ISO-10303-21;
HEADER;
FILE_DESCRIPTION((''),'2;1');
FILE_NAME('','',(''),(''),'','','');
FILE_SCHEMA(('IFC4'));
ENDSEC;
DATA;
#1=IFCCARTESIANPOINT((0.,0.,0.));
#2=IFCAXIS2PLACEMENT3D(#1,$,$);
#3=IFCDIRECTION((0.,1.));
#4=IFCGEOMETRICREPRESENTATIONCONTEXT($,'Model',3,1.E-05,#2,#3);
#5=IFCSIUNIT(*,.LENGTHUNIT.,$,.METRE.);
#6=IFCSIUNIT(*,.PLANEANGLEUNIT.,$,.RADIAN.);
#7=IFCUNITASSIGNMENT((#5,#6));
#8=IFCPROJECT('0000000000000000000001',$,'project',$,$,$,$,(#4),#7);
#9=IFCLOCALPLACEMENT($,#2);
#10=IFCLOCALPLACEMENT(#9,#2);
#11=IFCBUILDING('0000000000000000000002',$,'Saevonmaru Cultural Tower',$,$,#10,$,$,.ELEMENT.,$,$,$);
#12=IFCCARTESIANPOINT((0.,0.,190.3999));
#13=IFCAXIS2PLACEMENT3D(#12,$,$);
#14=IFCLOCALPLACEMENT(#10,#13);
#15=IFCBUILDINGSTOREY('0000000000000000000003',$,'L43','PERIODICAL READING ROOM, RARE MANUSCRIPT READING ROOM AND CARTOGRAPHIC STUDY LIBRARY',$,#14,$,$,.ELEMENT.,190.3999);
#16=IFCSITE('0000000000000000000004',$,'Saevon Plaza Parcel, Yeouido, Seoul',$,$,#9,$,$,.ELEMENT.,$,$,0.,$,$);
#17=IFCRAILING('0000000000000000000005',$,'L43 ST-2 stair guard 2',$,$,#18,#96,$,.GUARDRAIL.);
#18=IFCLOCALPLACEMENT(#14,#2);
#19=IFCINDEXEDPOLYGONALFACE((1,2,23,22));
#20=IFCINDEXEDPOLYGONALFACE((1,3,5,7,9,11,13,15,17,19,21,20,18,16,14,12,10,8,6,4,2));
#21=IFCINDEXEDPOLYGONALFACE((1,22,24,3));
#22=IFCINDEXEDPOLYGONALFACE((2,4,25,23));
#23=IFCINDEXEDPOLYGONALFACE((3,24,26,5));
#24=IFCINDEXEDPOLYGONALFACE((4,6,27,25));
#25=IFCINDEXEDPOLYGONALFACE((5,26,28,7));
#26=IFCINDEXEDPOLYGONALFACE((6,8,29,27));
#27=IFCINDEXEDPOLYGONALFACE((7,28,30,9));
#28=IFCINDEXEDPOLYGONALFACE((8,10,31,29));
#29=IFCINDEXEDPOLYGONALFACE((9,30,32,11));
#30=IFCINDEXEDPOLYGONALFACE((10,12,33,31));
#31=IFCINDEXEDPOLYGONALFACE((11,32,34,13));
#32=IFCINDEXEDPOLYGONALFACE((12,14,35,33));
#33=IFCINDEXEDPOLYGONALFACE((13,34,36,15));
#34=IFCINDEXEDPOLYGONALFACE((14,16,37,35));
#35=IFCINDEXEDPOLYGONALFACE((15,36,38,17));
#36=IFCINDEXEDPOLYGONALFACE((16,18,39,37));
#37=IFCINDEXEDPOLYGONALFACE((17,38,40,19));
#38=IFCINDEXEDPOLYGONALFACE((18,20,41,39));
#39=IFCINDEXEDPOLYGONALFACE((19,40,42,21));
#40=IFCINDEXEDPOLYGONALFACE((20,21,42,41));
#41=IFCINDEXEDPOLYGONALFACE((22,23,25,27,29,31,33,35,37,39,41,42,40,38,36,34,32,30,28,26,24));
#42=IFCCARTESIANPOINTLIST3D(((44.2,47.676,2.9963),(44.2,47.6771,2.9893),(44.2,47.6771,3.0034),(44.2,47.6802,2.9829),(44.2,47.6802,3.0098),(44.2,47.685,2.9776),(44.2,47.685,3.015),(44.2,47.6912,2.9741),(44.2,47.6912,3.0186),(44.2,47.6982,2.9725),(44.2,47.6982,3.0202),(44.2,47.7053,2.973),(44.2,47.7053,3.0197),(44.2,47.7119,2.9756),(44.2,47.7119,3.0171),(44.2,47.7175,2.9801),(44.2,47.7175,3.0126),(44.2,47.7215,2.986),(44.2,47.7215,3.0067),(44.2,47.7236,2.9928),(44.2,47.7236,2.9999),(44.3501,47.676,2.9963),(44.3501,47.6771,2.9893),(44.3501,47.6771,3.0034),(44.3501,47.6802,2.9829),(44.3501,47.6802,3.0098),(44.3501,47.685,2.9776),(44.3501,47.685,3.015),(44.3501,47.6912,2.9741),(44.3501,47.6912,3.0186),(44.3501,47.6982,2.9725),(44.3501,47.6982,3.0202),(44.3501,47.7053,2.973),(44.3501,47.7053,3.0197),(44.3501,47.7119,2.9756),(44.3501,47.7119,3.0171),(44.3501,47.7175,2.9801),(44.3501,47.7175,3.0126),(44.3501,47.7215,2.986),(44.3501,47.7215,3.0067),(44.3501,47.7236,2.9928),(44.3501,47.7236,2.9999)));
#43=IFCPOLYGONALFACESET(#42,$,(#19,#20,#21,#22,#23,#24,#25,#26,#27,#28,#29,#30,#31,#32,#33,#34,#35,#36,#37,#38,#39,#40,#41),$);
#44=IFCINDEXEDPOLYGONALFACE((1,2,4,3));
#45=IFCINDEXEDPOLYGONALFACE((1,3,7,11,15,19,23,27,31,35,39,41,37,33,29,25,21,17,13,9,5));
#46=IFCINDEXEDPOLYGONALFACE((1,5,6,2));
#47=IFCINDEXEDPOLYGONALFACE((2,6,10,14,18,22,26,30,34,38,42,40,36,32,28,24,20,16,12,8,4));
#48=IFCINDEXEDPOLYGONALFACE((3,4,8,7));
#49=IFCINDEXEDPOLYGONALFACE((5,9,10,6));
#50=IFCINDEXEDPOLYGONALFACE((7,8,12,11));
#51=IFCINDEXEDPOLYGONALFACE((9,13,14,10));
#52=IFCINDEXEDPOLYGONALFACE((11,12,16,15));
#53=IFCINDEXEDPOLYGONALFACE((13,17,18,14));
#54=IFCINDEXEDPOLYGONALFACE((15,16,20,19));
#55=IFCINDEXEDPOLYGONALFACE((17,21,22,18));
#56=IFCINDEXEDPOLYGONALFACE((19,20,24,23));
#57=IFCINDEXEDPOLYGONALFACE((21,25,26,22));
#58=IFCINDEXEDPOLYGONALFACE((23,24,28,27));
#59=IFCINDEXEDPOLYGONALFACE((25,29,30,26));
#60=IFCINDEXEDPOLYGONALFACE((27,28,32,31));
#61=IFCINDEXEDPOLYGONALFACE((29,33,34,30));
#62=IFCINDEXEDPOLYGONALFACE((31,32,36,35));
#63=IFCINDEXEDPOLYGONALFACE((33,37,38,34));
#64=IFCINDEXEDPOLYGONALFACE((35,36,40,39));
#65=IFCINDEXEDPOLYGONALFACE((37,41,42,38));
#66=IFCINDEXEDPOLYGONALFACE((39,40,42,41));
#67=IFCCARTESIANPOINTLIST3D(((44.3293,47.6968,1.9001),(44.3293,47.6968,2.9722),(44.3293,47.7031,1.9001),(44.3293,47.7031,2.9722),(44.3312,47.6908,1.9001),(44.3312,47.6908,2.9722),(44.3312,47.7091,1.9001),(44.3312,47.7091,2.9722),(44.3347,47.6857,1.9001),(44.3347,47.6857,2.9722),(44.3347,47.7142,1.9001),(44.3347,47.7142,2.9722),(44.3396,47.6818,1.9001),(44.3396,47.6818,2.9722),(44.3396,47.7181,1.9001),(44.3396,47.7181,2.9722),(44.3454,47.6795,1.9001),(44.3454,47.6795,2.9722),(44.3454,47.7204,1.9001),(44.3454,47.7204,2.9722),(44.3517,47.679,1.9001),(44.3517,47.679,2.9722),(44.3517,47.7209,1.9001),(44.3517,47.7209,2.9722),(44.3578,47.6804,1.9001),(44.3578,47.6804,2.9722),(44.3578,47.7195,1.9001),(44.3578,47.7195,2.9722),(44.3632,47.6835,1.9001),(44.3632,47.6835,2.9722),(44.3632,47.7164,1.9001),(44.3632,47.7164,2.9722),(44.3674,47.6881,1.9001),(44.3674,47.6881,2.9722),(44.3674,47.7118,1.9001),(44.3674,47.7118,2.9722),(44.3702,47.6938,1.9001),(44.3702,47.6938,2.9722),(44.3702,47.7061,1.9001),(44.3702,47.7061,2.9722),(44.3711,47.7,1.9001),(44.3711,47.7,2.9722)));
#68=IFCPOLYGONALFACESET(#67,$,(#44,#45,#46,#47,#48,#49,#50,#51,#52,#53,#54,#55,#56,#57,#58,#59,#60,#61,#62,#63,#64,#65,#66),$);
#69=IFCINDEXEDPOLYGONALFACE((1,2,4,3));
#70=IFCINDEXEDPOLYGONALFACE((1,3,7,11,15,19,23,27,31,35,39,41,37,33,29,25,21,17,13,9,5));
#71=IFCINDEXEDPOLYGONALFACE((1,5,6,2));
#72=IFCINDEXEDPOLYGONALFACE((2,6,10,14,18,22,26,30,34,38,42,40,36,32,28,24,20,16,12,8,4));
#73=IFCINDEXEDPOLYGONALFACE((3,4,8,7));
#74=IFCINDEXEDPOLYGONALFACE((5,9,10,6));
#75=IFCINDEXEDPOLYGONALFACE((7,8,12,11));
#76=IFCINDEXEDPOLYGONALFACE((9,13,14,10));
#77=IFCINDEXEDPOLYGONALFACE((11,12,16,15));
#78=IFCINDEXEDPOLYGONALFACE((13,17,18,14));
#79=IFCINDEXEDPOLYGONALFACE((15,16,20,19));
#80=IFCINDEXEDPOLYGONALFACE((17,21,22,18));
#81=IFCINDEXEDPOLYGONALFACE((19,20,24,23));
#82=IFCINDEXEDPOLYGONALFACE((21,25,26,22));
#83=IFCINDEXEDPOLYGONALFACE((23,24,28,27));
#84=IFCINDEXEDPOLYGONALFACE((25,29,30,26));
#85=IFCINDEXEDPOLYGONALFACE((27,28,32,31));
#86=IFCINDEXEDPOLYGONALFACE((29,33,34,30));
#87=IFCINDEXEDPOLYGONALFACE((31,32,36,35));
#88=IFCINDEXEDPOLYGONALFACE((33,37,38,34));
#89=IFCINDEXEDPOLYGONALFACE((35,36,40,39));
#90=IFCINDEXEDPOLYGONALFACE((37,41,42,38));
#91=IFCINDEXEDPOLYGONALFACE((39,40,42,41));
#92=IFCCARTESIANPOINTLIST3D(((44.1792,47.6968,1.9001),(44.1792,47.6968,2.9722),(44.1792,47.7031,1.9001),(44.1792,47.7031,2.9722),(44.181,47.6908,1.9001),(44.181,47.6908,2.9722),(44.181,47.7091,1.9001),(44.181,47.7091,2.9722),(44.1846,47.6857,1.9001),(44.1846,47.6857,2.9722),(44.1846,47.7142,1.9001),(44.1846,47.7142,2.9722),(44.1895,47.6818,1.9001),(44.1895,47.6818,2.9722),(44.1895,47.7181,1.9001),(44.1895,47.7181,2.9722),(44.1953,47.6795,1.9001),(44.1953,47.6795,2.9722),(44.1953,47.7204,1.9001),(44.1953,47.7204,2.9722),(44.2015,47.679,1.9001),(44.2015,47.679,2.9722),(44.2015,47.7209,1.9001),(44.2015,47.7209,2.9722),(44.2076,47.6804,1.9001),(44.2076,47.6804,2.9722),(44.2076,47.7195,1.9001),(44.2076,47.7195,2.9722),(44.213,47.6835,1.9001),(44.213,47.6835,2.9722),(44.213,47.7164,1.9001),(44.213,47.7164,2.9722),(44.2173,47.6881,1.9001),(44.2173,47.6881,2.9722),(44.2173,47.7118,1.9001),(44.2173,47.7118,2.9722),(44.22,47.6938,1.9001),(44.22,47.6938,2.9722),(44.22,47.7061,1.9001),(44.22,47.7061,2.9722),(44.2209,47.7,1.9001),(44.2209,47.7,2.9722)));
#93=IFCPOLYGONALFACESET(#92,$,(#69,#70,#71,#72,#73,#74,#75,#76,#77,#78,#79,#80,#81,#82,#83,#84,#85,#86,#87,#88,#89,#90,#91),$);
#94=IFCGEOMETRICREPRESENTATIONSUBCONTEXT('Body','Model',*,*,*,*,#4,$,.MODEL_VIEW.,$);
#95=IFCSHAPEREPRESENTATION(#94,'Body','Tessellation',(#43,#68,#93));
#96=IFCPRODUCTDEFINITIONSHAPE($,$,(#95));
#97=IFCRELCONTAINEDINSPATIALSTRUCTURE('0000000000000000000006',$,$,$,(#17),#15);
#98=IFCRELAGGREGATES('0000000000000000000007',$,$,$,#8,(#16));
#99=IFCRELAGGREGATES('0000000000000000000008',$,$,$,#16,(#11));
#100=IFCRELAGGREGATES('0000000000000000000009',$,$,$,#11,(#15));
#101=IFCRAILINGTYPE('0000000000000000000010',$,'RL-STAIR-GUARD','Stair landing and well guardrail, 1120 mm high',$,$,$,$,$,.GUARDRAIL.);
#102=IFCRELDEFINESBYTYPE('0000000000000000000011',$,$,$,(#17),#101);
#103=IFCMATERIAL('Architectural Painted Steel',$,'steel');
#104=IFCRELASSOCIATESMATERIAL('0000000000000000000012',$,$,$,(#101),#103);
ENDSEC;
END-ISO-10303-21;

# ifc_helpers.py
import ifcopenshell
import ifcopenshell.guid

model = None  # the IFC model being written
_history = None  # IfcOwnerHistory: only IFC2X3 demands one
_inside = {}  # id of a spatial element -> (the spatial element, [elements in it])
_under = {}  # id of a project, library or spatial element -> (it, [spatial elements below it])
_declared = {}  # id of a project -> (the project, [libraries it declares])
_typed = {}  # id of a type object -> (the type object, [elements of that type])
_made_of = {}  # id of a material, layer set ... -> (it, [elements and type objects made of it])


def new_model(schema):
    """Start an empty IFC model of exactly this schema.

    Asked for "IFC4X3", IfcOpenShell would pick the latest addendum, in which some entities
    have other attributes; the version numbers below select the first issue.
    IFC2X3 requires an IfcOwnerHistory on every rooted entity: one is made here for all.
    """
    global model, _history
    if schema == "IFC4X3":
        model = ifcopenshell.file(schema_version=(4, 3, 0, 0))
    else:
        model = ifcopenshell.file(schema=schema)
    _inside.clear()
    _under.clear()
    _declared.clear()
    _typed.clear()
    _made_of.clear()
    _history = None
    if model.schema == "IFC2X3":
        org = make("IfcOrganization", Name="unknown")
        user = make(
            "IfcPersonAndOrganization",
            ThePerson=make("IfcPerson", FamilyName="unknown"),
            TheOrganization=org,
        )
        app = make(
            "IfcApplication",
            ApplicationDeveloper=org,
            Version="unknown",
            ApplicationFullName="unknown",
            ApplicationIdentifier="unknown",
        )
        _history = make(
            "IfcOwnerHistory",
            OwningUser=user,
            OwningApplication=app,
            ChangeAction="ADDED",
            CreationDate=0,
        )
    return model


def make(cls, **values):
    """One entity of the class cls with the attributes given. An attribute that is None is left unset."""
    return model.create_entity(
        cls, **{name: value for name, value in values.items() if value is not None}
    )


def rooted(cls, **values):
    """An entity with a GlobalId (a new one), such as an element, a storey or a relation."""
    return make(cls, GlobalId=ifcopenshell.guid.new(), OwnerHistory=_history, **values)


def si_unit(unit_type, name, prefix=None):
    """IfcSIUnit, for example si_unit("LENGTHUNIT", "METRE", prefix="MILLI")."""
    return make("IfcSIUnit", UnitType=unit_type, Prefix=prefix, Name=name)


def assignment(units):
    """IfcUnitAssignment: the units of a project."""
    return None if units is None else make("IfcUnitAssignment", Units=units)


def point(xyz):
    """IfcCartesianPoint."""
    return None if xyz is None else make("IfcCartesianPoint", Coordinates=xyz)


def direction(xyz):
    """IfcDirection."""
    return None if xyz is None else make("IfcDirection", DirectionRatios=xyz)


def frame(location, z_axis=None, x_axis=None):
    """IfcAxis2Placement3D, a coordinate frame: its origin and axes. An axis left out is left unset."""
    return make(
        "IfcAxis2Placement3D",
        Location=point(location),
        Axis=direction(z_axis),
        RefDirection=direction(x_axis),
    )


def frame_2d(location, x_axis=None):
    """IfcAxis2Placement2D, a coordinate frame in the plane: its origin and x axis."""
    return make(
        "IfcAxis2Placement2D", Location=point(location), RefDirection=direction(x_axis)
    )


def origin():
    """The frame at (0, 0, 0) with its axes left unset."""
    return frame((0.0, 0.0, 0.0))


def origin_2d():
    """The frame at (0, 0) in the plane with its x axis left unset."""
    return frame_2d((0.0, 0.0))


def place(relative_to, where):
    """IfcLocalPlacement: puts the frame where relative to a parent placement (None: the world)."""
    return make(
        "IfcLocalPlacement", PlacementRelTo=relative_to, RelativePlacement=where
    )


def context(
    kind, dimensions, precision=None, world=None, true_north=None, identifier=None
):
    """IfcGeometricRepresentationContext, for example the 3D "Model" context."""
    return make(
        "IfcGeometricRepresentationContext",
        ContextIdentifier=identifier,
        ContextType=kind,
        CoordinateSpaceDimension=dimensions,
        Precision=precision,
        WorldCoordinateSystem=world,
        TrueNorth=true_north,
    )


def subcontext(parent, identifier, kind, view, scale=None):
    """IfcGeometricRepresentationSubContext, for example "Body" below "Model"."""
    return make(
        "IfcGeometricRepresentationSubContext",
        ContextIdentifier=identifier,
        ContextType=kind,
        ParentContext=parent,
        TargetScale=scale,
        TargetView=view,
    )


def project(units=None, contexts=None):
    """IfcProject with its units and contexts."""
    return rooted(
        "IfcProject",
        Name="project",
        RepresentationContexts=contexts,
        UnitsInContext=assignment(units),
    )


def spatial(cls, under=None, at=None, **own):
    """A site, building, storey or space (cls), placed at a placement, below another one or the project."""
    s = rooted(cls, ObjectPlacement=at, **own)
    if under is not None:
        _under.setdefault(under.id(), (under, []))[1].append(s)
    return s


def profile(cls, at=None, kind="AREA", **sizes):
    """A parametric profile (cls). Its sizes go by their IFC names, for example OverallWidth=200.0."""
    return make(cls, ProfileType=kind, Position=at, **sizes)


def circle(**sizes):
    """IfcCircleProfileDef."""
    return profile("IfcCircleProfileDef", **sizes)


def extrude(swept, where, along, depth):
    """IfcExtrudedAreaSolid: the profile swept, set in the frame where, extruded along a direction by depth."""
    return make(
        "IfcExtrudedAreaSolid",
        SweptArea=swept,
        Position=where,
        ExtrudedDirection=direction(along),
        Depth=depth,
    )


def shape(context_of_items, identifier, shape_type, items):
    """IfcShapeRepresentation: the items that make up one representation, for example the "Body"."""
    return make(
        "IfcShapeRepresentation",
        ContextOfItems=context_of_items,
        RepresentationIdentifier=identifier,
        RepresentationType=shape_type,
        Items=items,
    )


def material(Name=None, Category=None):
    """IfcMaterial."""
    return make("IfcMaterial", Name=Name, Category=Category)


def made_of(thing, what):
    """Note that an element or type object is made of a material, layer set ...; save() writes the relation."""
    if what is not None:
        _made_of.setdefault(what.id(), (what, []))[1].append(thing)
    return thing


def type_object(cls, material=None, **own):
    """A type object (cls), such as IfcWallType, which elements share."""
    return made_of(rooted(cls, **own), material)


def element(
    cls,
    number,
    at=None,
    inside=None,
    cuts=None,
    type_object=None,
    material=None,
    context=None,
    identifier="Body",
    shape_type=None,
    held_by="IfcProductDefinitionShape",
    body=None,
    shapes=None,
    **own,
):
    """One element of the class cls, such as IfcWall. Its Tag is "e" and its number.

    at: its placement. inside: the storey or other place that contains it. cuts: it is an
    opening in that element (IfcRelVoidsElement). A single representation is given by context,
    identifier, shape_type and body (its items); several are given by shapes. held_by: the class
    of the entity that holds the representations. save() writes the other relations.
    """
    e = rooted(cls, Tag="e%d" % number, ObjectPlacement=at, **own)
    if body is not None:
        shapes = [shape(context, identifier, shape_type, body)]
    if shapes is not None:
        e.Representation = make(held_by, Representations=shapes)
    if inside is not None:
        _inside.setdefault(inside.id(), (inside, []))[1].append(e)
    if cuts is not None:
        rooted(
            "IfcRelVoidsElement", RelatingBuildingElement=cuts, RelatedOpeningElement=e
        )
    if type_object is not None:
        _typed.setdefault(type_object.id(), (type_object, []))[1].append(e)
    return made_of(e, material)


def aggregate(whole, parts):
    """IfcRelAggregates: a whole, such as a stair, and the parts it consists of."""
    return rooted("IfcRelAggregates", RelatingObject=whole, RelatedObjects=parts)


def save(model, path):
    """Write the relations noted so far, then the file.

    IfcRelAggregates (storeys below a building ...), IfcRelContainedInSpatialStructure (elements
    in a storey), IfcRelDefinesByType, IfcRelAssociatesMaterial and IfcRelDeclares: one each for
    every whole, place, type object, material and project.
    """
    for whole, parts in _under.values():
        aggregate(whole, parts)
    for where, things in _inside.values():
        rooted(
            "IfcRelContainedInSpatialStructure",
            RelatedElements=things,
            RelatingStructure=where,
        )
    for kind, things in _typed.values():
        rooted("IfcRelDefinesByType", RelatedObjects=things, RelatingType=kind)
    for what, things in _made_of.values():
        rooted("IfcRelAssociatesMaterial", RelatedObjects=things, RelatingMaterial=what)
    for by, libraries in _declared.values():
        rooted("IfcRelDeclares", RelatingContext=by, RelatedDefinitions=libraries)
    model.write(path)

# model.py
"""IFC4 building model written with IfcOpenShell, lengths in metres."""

from ifc_helpers import new_model, si_unit, direction, frame, origin, origin_2d, place, context, subcontext, project, spatial, circle, extrude, material, type_object, element, save


model = new_model("IFC4")

# Units and contexts
model_context = context("Model", 3, precision=1e-05, world=origin(), true_north=direction((0.0, 1.0)))
body_context = subcontext(model_context, "Body", "Model", "MODEL_VIEW")
ifc_project = project(units=[si_unit("LENGTHUNIT", "METRE"), si_unit("PLANEANGLEUNIT", "RADIAN")], contexts=[model_context])

# Site, building, storey
site_placement = place(None, origin())
site = spatial("IfcSite", under=ifc_project, at=site_placement, Name="Saevon Plaza Parcel, Yeouido, Seoul", CompositionType="ELEMENT", RefElevation=0.0)
building_placement = place(site_placement, origin())
building = spatial("IfcBuilding", under=site, at=building_placement, Name="Saevonmaru Cultural Tower", CompositionType="ELEMENT")
storey_placement = place(building_placement, frame((0.0, 0.0, 190.3999)))
storey = spatial("IfcBuildingStorey", under=building, at=storey_placement, Name="L43", Description="PERIODICAL READING ROOM, RARE MANUSCRIPT READING ROOM AND CARTOGRAPHIC STUDY LIBRARY", CompositionType="ELEMENT", Elevation=190.3999)

# Railing
ifc_material_1 = material(Name="Architectural Painted Steel", Category="steel")
railing_type_1 = type_object("IfcRailingType", Name="RL-STAIR-GUARD", Description="Stair landing and well guardrail, 1120 mm high", PredefinedType="GUARDRAIL", material=ifc_material_1)
railing_1_placement = place(storey_placement, frame((44.3501, 47.7, 1.9001)))
element("IfcRailing", 1, at=railing_1_placement, inside=storey, type_object=railing_type_1, Name="L43 ST-2 stair guard 2", PredefinedType="GUARDRAIL", context=body_context, shape_type="SweptSolid", body=[
    extrude(circle(Radius=0.0239, at=origin_2d()), frame((0.0, 0.0, 1.0962), z_axis=(-1.0, 0.0, 0.0), x_axis=(0.0, -1.0, 0.0)), (0.0, 0.0, 1.0), 0.1501),
    extrude(circle(Radius=0.021, at=origin_2d()), origin(), (0.0, 0.0, 1.0), 1.072),
    extrude(circle(Radius=0.021, at=origin_2d()), frame((-0.1501, 0.0, 0.0)), (0.0, 0.0, 1.0), 1.072),
])

save(model, "model.ifc")
